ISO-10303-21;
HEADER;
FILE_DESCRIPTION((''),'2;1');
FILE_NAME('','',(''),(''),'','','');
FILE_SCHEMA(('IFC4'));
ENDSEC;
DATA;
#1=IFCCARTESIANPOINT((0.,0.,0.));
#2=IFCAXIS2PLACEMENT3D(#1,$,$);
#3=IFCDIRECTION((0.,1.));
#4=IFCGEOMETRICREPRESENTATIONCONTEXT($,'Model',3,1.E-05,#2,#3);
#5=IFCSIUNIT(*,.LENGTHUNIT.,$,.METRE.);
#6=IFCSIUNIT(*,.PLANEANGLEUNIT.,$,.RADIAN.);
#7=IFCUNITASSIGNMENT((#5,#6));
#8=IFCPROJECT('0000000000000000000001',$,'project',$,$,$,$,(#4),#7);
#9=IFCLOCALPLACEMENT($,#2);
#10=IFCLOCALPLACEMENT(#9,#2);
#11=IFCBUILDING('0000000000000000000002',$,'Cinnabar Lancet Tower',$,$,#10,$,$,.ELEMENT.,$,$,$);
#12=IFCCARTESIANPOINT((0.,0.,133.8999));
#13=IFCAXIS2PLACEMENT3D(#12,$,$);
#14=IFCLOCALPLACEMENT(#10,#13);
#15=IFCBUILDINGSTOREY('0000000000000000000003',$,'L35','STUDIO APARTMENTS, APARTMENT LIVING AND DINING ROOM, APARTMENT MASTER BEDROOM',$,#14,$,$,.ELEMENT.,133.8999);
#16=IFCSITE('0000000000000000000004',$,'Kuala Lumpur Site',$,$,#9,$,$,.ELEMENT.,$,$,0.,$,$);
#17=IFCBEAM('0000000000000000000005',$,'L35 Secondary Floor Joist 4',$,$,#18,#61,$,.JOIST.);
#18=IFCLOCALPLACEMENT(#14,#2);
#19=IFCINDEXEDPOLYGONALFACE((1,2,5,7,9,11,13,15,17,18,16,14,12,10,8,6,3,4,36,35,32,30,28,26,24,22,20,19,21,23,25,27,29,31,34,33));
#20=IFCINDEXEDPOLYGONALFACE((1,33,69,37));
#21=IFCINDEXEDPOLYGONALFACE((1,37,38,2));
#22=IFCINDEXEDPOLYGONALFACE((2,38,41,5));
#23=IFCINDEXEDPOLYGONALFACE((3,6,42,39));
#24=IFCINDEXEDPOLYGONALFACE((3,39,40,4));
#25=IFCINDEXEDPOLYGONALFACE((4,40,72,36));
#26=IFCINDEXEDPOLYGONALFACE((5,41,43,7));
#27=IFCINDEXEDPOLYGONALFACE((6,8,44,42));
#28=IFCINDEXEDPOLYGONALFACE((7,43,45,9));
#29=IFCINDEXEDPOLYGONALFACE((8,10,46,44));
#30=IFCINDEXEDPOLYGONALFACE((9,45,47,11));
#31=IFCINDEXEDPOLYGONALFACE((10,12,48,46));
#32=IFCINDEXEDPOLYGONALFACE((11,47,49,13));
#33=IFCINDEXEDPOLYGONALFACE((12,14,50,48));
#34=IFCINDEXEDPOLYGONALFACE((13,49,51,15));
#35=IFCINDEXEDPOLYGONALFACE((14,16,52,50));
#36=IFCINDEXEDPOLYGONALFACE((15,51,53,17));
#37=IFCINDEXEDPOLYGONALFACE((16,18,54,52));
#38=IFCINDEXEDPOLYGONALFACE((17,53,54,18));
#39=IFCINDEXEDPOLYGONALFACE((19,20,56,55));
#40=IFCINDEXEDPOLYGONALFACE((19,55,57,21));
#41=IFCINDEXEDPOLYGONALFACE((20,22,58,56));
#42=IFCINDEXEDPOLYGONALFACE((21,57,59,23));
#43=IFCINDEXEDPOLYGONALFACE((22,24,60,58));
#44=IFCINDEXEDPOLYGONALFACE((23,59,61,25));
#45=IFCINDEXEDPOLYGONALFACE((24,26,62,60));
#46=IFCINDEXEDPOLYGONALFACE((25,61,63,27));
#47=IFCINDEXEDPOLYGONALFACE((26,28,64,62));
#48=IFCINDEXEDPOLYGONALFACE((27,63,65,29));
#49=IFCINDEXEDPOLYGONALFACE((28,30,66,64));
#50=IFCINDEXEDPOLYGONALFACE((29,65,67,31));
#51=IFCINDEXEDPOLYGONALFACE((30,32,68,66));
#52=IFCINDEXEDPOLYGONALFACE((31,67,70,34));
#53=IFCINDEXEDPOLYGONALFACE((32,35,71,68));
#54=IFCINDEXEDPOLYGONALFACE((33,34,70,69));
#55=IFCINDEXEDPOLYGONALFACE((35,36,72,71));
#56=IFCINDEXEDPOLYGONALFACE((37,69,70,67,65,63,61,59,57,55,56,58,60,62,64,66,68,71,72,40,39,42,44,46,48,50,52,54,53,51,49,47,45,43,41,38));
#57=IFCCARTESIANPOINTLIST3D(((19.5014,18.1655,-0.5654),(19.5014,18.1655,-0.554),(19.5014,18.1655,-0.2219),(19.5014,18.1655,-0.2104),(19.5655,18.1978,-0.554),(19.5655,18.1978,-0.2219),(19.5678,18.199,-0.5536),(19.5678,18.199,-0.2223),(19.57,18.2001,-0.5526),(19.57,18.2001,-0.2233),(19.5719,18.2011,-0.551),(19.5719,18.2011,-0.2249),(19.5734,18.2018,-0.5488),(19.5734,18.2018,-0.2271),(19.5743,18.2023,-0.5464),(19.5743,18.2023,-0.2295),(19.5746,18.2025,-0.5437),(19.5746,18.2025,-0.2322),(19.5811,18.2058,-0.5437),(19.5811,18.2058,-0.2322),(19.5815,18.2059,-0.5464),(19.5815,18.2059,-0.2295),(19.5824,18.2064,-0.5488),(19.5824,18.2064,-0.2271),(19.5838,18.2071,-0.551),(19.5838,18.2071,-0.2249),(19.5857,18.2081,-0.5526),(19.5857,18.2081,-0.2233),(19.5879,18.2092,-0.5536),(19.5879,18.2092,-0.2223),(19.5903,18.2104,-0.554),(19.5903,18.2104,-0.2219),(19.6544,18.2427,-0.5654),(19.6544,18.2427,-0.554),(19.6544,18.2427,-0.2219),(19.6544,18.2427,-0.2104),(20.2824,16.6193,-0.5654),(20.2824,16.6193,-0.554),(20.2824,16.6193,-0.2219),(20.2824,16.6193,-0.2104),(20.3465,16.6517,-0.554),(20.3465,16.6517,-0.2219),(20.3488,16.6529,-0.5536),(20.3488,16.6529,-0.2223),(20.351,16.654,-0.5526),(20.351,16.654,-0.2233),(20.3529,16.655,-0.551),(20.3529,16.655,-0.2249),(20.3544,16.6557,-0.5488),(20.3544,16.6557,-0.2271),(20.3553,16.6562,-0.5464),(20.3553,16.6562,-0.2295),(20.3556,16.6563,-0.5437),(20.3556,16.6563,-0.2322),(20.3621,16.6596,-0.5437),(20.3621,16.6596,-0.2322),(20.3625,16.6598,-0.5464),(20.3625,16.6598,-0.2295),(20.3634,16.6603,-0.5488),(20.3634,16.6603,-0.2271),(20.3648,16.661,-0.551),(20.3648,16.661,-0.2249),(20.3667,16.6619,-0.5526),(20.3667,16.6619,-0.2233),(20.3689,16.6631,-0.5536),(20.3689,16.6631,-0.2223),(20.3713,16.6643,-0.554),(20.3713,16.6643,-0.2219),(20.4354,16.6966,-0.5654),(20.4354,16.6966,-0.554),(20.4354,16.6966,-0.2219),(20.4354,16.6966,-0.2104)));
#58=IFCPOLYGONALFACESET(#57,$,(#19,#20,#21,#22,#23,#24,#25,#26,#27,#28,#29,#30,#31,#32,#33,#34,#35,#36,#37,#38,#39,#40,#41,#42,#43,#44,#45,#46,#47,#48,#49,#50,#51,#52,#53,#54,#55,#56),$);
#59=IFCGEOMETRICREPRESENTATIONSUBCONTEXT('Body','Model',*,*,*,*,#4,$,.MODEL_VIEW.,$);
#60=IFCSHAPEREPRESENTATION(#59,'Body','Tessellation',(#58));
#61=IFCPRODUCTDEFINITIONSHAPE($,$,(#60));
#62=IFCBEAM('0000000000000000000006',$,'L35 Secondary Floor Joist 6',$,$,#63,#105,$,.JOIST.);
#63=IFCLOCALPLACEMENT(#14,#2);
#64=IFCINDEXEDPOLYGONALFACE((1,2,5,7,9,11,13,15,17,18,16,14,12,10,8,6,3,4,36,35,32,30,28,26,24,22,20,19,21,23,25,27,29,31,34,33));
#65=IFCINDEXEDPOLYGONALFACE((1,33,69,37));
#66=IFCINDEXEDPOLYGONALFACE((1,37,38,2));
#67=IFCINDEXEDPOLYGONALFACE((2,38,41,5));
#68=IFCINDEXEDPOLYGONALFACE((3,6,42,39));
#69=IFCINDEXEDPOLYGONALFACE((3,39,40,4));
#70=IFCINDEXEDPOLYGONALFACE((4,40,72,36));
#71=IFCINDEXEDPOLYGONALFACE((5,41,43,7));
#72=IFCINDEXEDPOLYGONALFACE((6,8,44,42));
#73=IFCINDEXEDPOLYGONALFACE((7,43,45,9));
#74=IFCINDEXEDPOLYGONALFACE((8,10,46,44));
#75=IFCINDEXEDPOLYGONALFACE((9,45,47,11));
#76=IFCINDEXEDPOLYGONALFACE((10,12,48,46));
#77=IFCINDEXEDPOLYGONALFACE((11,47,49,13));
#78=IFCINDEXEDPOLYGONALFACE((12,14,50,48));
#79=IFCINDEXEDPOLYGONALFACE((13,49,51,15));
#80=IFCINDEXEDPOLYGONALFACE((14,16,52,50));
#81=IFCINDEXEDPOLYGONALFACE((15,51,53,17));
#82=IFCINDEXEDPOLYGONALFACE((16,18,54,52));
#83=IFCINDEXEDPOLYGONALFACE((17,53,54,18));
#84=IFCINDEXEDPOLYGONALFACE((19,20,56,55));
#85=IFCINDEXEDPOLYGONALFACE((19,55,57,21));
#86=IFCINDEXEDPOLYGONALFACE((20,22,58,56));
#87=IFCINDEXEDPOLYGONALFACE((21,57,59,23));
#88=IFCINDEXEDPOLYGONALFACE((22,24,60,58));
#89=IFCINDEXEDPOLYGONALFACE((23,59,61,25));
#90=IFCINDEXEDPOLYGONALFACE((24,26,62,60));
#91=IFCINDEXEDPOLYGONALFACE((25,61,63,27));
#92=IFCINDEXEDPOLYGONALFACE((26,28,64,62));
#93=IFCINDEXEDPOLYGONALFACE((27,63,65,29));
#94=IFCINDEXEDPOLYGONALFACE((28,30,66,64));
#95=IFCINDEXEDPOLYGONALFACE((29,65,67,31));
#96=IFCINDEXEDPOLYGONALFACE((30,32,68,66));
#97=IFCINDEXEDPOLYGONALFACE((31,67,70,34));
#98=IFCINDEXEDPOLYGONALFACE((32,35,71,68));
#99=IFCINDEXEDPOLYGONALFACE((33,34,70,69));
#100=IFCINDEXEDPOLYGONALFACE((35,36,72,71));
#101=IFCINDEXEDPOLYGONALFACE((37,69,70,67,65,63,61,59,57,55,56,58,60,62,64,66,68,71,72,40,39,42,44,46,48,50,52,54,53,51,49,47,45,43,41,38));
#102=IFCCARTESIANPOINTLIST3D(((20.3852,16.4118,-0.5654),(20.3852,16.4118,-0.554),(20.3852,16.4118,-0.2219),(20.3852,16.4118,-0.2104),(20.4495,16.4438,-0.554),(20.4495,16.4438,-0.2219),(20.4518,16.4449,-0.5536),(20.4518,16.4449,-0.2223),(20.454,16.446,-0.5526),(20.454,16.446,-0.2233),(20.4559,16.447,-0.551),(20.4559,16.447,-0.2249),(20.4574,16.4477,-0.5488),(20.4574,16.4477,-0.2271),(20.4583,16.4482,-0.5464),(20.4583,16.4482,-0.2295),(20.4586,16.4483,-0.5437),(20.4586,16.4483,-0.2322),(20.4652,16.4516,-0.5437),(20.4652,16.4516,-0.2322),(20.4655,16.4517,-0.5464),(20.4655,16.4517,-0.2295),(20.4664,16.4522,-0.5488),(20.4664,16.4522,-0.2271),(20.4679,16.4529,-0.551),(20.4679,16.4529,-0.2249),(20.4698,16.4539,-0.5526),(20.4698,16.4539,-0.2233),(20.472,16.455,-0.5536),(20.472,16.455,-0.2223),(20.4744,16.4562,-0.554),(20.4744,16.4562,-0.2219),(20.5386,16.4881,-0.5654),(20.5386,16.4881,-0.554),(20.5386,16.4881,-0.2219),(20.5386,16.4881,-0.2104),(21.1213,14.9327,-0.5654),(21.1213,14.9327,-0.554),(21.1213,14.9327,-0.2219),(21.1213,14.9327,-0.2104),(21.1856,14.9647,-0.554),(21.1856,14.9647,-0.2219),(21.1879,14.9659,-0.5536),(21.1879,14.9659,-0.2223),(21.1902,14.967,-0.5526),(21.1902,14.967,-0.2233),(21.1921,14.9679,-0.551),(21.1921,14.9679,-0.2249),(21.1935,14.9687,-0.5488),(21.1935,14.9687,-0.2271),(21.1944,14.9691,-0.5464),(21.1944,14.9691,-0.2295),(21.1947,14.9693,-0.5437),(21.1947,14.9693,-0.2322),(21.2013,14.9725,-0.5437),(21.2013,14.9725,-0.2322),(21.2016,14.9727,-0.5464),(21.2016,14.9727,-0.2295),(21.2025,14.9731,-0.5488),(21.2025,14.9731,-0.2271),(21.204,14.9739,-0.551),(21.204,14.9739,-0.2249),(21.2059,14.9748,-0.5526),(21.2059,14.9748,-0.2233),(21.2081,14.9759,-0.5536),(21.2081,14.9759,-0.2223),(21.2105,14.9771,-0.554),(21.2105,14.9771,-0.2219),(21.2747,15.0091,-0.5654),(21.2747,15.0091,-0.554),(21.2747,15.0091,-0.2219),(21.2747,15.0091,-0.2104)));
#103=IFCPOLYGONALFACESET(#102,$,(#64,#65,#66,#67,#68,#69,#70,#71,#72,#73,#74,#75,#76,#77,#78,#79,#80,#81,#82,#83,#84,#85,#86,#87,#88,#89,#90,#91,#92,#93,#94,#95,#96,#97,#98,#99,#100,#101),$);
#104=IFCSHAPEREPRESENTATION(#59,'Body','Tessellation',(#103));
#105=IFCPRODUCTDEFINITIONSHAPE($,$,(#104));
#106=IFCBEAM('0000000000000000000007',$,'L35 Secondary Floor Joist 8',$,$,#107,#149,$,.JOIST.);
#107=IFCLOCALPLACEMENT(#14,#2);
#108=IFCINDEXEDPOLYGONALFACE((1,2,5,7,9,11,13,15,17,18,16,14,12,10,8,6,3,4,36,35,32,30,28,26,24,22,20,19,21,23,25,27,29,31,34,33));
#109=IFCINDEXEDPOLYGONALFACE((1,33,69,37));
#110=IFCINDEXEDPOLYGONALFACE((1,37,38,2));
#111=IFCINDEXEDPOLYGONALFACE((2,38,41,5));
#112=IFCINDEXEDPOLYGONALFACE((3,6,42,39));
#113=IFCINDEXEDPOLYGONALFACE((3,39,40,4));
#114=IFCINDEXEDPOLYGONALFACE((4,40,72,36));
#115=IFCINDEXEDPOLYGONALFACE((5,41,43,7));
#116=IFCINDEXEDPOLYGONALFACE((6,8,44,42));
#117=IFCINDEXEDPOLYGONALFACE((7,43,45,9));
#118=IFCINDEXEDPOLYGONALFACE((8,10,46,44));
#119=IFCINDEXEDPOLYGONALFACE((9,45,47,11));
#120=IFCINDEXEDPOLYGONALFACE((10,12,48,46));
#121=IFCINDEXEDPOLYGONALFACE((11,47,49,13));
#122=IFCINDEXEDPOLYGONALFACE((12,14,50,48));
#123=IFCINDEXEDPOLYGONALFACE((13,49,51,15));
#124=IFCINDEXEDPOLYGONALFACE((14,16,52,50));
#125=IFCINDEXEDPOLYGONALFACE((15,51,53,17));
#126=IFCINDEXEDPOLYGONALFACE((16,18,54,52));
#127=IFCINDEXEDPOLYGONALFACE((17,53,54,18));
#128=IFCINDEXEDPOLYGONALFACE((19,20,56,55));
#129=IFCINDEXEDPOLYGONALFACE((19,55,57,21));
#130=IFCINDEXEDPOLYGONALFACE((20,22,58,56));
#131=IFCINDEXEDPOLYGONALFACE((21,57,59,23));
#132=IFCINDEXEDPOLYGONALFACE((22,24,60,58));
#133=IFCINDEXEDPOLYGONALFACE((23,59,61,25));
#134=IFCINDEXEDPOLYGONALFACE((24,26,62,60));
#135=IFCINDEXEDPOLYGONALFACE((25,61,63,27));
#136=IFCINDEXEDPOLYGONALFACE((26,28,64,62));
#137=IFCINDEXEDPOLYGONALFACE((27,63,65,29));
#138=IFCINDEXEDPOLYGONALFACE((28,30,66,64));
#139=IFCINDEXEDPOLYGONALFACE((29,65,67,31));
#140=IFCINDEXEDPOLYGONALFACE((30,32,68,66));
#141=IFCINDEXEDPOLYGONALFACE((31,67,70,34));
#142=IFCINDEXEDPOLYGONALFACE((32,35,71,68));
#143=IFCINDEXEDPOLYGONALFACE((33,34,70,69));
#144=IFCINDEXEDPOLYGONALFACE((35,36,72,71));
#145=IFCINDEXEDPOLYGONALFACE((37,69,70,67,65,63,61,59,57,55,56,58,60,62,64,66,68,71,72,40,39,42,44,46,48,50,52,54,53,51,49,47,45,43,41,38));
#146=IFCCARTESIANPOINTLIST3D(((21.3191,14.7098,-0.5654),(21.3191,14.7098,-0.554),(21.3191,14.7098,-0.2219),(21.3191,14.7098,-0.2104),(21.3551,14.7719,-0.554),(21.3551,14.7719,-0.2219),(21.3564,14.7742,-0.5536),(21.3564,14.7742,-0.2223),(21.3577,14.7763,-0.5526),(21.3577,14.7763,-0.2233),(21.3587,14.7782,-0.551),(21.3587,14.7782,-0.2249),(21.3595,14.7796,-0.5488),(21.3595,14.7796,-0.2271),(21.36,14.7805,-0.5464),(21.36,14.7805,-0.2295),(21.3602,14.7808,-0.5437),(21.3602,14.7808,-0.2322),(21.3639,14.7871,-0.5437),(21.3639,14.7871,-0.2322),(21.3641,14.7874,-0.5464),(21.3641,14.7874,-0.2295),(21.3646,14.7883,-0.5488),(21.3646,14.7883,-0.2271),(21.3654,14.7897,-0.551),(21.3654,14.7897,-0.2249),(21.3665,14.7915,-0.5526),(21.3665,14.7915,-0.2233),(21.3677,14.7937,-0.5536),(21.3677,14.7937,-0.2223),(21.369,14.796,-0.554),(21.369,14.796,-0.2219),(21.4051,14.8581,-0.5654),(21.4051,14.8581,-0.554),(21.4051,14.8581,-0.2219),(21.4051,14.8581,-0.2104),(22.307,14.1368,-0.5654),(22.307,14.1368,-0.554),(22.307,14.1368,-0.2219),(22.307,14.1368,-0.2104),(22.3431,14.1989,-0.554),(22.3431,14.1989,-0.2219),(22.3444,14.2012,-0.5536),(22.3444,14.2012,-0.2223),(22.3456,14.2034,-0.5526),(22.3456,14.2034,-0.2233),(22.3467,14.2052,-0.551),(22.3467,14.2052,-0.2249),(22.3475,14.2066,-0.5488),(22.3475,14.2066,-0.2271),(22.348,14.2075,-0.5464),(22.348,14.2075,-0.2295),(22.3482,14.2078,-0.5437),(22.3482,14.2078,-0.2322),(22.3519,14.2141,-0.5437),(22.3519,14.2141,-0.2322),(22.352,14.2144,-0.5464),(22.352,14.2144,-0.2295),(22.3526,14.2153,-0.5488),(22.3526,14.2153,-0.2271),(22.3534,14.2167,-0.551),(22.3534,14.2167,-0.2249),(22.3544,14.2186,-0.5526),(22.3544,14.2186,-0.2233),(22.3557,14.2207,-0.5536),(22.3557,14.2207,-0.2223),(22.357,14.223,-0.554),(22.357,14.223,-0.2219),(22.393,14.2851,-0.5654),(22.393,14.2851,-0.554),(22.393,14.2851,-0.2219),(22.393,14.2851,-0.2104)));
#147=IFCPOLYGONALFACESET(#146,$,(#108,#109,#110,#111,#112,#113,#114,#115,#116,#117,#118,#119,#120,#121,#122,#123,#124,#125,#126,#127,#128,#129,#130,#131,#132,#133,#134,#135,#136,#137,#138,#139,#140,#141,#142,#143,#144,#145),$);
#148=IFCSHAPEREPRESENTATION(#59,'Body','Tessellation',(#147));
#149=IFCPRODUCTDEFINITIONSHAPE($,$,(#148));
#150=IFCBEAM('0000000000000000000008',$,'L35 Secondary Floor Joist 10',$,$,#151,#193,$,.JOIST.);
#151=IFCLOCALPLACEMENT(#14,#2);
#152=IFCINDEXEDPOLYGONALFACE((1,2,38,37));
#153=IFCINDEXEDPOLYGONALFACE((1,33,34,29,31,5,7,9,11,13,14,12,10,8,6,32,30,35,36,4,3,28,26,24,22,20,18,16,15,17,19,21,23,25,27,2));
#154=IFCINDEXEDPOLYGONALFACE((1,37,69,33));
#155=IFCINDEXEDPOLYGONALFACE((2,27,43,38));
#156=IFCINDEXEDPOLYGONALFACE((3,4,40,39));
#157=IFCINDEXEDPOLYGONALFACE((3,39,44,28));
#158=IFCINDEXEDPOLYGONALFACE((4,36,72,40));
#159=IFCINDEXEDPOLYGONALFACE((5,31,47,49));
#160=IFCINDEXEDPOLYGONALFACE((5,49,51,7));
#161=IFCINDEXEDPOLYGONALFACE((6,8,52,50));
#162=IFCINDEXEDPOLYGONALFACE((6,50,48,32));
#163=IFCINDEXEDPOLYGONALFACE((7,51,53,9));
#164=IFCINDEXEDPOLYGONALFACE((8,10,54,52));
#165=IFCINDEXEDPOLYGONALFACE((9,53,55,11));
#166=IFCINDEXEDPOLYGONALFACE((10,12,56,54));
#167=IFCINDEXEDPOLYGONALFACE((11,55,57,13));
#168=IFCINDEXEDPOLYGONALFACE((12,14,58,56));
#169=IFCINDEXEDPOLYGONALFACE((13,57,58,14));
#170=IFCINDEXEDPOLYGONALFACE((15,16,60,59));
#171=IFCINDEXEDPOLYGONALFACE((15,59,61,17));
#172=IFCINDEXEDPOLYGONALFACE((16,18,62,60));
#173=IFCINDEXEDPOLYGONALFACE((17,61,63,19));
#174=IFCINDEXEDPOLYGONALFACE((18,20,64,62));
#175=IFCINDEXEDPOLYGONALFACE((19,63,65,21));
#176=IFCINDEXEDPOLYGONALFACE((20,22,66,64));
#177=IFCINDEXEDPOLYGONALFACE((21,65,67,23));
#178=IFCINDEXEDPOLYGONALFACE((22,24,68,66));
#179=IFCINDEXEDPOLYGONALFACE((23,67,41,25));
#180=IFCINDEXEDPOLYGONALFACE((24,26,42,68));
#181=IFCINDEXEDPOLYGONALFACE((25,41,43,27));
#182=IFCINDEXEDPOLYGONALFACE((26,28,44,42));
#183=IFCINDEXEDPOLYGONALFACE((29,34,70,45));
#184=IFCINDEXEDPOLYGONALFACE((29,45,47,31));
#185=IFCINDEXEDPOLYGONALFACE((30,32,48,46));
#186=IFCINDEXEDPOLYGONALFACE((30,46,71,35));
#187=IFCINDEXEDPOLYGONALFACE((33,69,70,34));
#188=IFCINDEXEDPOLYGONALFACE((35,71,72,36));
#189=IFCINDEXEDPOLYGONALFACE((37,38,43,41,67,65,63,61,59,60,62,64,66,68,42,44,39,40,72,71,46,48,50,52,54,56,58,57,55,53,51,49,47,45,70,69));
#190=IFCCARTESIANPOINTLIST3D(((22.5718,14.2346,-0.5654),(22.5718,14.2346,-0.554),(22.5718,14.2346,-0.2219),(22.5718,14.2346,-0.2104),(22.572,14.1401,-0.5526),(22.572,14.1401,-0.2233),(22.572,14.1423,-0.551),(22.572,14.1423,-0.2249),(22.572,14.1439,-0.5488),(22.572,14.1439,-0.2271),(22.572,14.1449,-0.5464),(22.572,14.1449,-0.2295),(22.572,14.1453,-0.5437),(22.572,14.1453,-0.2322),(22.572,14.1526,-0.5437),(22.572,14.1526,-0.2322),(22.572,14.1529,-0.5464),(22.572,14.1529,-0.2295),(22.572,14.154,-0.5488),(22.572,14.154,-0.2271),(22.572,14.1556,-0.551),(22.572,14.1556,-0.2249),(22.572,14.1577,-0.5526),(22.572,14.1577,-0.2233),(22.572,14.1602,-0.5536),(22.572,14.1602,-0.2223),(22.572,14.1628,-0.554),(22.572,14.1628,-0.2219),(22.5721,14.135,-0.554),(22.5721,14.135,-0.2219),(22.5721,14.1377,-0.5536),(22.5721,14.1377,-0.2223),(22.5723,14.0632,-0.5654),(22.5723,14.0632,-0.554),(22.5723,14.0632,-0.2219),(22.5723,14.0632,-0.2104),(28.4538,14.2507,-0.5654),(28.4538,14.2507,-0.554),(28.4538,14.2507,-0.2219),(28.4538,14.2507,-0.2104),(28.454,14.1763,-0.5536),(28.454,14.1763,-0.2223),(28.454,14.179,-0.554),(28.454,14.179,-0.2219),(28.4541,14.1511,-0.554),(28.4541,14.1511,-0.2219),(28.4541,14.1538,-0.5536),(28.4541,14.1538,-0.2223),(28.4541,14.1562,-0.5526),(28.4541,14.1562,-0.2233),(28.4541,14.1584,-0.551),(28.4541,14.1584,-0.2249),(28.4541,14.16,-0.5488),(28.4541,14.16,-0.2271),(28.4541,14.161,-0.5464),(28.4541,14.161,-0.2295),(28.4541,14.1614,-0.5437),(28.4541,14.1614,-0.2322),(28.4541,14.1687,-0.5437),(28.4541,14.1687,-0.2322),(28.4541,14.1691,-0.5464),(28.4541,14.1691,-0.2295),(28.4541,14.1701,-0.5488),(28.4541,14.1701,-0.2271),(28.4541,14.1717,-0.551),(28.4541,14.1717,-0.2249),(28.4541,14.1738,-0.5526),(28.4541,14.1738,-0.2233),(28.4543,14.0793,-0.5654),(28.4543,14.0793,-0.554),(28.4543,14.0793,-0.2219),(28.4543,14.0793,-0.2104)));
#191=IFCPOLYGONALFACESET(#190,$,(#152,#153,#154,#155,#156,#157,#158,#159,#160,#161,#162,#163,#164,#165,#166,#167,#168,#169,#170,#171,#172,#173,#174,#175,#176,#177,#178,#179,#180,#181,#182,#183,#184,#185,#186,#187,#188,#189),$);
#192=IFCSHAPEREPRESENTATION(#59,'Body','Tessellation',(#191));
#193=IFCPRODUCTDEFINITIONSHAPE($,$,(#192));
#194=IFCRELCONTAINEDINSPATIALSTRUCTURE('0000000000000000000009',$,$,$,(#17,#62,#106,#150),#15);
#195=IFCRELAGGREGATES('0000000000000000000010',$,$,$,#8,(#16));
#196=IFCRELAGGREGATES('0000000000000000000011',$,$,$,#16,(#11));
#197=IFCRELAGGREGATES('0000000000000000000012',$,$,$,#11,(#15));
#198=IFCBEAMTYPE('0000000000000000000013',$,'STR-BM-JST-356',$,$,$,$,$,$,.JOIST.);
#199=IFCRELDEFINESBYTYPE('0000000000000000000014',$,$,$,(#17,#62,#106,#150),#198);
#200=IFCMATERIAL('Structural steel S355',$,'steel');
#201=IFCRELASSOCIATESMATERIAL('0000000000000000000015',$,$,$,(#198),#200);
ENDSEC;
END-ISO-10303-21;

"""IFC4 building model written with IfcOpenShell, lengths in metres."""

from ifc_helpers import new_model, si_unit, direction, frame, origin, origin_2d, place, context, subcontext, project, spatial, i_section, extrude, material, material_profile, profile_set, type_object, element, save


model = new_model("IFC4")

# Units and contexts
model_context = context("Model", 3, precision=1e-05, world=origin(), true_north=direction((0.0, 1.0)))
body_context = subcontext(model_context, "Body", "Model", "MODEL_VIEW")
ifc_project = project(units=[si_unit("LENGTHUNIT", "METRE"), si_unit("PLANEANGLEUNIT", "RADIAN")], contexts=[model_context])

# Site, building, storey
site_placement = place(None, origin())
site = spatial("IfcSite", under=ifc_project, at=site_placement, Name="Kuala Lumpur Site", CompositionType="ELEMENT", RefElevation=0.0)
building_placement = place(site_placement, origin())
building = spatial("IfcBuilding", under=site, at=building_placement, Name="Cinnabar Lancet Tower", CompositionType="ELEMENT")
storey_placement = place(building_placement, frame((0.0, 0.0, 133.8999)))
storey = spatial("IfcBuildingStorey", under=building, at=storey_placement, Name="L35", Description="STUDIO APARTMENTS, APARTMENT LIVING AND DINING ROOM, APARTMENT MASTER BEDROOM", CompositionType="ELEMENT", Elevation=133.8999)

# Beams
ifc_material_1 = material(Name="Structural steel S355", Category="steel")
ifc_material_profile = material_profile(ifc_material_1, i_section(OverallWidth=0.1714, OverallDepth=0.355, WebThickness=0.0073, FlangeThickness=0.0115, FilletRadius=0.0103, at=origin_2d()), Name="UKB 356x171x51")
ifc_profile_set = profile_set([ifc_material_profile], Name="Structural steel S355")
beam_type = type_object("IfcBeamType", Name="STR-BM-JST-356", PredefinedType="JOIST", material=ifc_profile_set)
beam_1_placement = place(storey_placement, frame((19.5779, 18.2041, -0.3879), z_axis=(0.450874, -0.892587, 0.0), x_axis=(0.892587, 0.450874, 0.0)))
element("IfcBeam", 1, at=beam_1_placement, inside=storey, type_object=beam_type, Name="L35 Secondary Floor Joist 4", PredefinedType="JOIST", context=body_context, shape_type="SweptSolid", body=[
    extrude(i_section(OverallWidth=0.1714, OverallDepth=0.355, WebThickness=0.0073, FlangeThickness=0.0115, FilletRadius=0.0103, at=origin_2d()), origin(), (0.0, 0.0, 1.0), 1.7322),
])
beam_2_placement = place(storey_placement, frame((20.4619, 16.45, -0.3879), z_axis=(0.445558, -0.895253, 0.0), x_axis=(0.895253, 0.445558, 0.0)))
element("IfcBeam", 2, at=beam_2_placement, inside=storey, type_object=beam_type, Name="L35 Secondary Floor Joist 6", PredefinedType="JOIST", context=body_context, shape_type="SweptSolid", body=[
    extrude(i_section(OverallWidth=0.1714, OverallDepth=0.355, WebThickness=0.0073, FlangeThickness=0.0115, FilletRadius=0.0103, at=origin_2d()), origin(), (0.0, 0.0, 1.0), 1.6521),
])
beam_3_placement = place(storey_placement, frame((21.3621, 14.7839, -0.3879), z_axis=(0.865055, -0.501677, 0.0), x_axis=(0.501677, 0.865055, 0.0)))
element("IfcBeam", 3, at=beam_3_placement, inside=storey, type_object=beam_type, Name="L35 Secondary Floor Joist 8", PredefinedType="JOIST", context=body_context, shape_type="SweptSolid", body=[
    extrude(i_section(OverallWidth=0.1714, OverallDepth=0.355, WebThickness=0.0073, FlangeThickness=0.0115, FilletRadius=0.0103, at=origin_2d()), origin(), (0.0, 0.0, 1.0), 1.1421),
])
beam_4_placement = place(storey_placement, frame((22.572, 14.1489, -0.3879), z_axis=(0.999996, 0.002739, 0.0), x_axis=(-0.002739, 0.999996, 0.0)))
element("IfcBeam", 4, at=beam_4_placement, inside=storey, type_object=beam_type, Name="L35 Secondary Floor Joist 10", PredefinedType="JOIST", context=body_context, shape_type="SweptSolid", body=[
    extrude(i_section(OverallWidth=0.1714, OverallDepth=0.355, WebThickness=0.0073, FlangeThickness=0.0115, FilletRadius=0.0103, at=origin_2d()), origin(), (0.0, 0.0, 1.0), 5.8821),
])

save(model, "model.ifc")
